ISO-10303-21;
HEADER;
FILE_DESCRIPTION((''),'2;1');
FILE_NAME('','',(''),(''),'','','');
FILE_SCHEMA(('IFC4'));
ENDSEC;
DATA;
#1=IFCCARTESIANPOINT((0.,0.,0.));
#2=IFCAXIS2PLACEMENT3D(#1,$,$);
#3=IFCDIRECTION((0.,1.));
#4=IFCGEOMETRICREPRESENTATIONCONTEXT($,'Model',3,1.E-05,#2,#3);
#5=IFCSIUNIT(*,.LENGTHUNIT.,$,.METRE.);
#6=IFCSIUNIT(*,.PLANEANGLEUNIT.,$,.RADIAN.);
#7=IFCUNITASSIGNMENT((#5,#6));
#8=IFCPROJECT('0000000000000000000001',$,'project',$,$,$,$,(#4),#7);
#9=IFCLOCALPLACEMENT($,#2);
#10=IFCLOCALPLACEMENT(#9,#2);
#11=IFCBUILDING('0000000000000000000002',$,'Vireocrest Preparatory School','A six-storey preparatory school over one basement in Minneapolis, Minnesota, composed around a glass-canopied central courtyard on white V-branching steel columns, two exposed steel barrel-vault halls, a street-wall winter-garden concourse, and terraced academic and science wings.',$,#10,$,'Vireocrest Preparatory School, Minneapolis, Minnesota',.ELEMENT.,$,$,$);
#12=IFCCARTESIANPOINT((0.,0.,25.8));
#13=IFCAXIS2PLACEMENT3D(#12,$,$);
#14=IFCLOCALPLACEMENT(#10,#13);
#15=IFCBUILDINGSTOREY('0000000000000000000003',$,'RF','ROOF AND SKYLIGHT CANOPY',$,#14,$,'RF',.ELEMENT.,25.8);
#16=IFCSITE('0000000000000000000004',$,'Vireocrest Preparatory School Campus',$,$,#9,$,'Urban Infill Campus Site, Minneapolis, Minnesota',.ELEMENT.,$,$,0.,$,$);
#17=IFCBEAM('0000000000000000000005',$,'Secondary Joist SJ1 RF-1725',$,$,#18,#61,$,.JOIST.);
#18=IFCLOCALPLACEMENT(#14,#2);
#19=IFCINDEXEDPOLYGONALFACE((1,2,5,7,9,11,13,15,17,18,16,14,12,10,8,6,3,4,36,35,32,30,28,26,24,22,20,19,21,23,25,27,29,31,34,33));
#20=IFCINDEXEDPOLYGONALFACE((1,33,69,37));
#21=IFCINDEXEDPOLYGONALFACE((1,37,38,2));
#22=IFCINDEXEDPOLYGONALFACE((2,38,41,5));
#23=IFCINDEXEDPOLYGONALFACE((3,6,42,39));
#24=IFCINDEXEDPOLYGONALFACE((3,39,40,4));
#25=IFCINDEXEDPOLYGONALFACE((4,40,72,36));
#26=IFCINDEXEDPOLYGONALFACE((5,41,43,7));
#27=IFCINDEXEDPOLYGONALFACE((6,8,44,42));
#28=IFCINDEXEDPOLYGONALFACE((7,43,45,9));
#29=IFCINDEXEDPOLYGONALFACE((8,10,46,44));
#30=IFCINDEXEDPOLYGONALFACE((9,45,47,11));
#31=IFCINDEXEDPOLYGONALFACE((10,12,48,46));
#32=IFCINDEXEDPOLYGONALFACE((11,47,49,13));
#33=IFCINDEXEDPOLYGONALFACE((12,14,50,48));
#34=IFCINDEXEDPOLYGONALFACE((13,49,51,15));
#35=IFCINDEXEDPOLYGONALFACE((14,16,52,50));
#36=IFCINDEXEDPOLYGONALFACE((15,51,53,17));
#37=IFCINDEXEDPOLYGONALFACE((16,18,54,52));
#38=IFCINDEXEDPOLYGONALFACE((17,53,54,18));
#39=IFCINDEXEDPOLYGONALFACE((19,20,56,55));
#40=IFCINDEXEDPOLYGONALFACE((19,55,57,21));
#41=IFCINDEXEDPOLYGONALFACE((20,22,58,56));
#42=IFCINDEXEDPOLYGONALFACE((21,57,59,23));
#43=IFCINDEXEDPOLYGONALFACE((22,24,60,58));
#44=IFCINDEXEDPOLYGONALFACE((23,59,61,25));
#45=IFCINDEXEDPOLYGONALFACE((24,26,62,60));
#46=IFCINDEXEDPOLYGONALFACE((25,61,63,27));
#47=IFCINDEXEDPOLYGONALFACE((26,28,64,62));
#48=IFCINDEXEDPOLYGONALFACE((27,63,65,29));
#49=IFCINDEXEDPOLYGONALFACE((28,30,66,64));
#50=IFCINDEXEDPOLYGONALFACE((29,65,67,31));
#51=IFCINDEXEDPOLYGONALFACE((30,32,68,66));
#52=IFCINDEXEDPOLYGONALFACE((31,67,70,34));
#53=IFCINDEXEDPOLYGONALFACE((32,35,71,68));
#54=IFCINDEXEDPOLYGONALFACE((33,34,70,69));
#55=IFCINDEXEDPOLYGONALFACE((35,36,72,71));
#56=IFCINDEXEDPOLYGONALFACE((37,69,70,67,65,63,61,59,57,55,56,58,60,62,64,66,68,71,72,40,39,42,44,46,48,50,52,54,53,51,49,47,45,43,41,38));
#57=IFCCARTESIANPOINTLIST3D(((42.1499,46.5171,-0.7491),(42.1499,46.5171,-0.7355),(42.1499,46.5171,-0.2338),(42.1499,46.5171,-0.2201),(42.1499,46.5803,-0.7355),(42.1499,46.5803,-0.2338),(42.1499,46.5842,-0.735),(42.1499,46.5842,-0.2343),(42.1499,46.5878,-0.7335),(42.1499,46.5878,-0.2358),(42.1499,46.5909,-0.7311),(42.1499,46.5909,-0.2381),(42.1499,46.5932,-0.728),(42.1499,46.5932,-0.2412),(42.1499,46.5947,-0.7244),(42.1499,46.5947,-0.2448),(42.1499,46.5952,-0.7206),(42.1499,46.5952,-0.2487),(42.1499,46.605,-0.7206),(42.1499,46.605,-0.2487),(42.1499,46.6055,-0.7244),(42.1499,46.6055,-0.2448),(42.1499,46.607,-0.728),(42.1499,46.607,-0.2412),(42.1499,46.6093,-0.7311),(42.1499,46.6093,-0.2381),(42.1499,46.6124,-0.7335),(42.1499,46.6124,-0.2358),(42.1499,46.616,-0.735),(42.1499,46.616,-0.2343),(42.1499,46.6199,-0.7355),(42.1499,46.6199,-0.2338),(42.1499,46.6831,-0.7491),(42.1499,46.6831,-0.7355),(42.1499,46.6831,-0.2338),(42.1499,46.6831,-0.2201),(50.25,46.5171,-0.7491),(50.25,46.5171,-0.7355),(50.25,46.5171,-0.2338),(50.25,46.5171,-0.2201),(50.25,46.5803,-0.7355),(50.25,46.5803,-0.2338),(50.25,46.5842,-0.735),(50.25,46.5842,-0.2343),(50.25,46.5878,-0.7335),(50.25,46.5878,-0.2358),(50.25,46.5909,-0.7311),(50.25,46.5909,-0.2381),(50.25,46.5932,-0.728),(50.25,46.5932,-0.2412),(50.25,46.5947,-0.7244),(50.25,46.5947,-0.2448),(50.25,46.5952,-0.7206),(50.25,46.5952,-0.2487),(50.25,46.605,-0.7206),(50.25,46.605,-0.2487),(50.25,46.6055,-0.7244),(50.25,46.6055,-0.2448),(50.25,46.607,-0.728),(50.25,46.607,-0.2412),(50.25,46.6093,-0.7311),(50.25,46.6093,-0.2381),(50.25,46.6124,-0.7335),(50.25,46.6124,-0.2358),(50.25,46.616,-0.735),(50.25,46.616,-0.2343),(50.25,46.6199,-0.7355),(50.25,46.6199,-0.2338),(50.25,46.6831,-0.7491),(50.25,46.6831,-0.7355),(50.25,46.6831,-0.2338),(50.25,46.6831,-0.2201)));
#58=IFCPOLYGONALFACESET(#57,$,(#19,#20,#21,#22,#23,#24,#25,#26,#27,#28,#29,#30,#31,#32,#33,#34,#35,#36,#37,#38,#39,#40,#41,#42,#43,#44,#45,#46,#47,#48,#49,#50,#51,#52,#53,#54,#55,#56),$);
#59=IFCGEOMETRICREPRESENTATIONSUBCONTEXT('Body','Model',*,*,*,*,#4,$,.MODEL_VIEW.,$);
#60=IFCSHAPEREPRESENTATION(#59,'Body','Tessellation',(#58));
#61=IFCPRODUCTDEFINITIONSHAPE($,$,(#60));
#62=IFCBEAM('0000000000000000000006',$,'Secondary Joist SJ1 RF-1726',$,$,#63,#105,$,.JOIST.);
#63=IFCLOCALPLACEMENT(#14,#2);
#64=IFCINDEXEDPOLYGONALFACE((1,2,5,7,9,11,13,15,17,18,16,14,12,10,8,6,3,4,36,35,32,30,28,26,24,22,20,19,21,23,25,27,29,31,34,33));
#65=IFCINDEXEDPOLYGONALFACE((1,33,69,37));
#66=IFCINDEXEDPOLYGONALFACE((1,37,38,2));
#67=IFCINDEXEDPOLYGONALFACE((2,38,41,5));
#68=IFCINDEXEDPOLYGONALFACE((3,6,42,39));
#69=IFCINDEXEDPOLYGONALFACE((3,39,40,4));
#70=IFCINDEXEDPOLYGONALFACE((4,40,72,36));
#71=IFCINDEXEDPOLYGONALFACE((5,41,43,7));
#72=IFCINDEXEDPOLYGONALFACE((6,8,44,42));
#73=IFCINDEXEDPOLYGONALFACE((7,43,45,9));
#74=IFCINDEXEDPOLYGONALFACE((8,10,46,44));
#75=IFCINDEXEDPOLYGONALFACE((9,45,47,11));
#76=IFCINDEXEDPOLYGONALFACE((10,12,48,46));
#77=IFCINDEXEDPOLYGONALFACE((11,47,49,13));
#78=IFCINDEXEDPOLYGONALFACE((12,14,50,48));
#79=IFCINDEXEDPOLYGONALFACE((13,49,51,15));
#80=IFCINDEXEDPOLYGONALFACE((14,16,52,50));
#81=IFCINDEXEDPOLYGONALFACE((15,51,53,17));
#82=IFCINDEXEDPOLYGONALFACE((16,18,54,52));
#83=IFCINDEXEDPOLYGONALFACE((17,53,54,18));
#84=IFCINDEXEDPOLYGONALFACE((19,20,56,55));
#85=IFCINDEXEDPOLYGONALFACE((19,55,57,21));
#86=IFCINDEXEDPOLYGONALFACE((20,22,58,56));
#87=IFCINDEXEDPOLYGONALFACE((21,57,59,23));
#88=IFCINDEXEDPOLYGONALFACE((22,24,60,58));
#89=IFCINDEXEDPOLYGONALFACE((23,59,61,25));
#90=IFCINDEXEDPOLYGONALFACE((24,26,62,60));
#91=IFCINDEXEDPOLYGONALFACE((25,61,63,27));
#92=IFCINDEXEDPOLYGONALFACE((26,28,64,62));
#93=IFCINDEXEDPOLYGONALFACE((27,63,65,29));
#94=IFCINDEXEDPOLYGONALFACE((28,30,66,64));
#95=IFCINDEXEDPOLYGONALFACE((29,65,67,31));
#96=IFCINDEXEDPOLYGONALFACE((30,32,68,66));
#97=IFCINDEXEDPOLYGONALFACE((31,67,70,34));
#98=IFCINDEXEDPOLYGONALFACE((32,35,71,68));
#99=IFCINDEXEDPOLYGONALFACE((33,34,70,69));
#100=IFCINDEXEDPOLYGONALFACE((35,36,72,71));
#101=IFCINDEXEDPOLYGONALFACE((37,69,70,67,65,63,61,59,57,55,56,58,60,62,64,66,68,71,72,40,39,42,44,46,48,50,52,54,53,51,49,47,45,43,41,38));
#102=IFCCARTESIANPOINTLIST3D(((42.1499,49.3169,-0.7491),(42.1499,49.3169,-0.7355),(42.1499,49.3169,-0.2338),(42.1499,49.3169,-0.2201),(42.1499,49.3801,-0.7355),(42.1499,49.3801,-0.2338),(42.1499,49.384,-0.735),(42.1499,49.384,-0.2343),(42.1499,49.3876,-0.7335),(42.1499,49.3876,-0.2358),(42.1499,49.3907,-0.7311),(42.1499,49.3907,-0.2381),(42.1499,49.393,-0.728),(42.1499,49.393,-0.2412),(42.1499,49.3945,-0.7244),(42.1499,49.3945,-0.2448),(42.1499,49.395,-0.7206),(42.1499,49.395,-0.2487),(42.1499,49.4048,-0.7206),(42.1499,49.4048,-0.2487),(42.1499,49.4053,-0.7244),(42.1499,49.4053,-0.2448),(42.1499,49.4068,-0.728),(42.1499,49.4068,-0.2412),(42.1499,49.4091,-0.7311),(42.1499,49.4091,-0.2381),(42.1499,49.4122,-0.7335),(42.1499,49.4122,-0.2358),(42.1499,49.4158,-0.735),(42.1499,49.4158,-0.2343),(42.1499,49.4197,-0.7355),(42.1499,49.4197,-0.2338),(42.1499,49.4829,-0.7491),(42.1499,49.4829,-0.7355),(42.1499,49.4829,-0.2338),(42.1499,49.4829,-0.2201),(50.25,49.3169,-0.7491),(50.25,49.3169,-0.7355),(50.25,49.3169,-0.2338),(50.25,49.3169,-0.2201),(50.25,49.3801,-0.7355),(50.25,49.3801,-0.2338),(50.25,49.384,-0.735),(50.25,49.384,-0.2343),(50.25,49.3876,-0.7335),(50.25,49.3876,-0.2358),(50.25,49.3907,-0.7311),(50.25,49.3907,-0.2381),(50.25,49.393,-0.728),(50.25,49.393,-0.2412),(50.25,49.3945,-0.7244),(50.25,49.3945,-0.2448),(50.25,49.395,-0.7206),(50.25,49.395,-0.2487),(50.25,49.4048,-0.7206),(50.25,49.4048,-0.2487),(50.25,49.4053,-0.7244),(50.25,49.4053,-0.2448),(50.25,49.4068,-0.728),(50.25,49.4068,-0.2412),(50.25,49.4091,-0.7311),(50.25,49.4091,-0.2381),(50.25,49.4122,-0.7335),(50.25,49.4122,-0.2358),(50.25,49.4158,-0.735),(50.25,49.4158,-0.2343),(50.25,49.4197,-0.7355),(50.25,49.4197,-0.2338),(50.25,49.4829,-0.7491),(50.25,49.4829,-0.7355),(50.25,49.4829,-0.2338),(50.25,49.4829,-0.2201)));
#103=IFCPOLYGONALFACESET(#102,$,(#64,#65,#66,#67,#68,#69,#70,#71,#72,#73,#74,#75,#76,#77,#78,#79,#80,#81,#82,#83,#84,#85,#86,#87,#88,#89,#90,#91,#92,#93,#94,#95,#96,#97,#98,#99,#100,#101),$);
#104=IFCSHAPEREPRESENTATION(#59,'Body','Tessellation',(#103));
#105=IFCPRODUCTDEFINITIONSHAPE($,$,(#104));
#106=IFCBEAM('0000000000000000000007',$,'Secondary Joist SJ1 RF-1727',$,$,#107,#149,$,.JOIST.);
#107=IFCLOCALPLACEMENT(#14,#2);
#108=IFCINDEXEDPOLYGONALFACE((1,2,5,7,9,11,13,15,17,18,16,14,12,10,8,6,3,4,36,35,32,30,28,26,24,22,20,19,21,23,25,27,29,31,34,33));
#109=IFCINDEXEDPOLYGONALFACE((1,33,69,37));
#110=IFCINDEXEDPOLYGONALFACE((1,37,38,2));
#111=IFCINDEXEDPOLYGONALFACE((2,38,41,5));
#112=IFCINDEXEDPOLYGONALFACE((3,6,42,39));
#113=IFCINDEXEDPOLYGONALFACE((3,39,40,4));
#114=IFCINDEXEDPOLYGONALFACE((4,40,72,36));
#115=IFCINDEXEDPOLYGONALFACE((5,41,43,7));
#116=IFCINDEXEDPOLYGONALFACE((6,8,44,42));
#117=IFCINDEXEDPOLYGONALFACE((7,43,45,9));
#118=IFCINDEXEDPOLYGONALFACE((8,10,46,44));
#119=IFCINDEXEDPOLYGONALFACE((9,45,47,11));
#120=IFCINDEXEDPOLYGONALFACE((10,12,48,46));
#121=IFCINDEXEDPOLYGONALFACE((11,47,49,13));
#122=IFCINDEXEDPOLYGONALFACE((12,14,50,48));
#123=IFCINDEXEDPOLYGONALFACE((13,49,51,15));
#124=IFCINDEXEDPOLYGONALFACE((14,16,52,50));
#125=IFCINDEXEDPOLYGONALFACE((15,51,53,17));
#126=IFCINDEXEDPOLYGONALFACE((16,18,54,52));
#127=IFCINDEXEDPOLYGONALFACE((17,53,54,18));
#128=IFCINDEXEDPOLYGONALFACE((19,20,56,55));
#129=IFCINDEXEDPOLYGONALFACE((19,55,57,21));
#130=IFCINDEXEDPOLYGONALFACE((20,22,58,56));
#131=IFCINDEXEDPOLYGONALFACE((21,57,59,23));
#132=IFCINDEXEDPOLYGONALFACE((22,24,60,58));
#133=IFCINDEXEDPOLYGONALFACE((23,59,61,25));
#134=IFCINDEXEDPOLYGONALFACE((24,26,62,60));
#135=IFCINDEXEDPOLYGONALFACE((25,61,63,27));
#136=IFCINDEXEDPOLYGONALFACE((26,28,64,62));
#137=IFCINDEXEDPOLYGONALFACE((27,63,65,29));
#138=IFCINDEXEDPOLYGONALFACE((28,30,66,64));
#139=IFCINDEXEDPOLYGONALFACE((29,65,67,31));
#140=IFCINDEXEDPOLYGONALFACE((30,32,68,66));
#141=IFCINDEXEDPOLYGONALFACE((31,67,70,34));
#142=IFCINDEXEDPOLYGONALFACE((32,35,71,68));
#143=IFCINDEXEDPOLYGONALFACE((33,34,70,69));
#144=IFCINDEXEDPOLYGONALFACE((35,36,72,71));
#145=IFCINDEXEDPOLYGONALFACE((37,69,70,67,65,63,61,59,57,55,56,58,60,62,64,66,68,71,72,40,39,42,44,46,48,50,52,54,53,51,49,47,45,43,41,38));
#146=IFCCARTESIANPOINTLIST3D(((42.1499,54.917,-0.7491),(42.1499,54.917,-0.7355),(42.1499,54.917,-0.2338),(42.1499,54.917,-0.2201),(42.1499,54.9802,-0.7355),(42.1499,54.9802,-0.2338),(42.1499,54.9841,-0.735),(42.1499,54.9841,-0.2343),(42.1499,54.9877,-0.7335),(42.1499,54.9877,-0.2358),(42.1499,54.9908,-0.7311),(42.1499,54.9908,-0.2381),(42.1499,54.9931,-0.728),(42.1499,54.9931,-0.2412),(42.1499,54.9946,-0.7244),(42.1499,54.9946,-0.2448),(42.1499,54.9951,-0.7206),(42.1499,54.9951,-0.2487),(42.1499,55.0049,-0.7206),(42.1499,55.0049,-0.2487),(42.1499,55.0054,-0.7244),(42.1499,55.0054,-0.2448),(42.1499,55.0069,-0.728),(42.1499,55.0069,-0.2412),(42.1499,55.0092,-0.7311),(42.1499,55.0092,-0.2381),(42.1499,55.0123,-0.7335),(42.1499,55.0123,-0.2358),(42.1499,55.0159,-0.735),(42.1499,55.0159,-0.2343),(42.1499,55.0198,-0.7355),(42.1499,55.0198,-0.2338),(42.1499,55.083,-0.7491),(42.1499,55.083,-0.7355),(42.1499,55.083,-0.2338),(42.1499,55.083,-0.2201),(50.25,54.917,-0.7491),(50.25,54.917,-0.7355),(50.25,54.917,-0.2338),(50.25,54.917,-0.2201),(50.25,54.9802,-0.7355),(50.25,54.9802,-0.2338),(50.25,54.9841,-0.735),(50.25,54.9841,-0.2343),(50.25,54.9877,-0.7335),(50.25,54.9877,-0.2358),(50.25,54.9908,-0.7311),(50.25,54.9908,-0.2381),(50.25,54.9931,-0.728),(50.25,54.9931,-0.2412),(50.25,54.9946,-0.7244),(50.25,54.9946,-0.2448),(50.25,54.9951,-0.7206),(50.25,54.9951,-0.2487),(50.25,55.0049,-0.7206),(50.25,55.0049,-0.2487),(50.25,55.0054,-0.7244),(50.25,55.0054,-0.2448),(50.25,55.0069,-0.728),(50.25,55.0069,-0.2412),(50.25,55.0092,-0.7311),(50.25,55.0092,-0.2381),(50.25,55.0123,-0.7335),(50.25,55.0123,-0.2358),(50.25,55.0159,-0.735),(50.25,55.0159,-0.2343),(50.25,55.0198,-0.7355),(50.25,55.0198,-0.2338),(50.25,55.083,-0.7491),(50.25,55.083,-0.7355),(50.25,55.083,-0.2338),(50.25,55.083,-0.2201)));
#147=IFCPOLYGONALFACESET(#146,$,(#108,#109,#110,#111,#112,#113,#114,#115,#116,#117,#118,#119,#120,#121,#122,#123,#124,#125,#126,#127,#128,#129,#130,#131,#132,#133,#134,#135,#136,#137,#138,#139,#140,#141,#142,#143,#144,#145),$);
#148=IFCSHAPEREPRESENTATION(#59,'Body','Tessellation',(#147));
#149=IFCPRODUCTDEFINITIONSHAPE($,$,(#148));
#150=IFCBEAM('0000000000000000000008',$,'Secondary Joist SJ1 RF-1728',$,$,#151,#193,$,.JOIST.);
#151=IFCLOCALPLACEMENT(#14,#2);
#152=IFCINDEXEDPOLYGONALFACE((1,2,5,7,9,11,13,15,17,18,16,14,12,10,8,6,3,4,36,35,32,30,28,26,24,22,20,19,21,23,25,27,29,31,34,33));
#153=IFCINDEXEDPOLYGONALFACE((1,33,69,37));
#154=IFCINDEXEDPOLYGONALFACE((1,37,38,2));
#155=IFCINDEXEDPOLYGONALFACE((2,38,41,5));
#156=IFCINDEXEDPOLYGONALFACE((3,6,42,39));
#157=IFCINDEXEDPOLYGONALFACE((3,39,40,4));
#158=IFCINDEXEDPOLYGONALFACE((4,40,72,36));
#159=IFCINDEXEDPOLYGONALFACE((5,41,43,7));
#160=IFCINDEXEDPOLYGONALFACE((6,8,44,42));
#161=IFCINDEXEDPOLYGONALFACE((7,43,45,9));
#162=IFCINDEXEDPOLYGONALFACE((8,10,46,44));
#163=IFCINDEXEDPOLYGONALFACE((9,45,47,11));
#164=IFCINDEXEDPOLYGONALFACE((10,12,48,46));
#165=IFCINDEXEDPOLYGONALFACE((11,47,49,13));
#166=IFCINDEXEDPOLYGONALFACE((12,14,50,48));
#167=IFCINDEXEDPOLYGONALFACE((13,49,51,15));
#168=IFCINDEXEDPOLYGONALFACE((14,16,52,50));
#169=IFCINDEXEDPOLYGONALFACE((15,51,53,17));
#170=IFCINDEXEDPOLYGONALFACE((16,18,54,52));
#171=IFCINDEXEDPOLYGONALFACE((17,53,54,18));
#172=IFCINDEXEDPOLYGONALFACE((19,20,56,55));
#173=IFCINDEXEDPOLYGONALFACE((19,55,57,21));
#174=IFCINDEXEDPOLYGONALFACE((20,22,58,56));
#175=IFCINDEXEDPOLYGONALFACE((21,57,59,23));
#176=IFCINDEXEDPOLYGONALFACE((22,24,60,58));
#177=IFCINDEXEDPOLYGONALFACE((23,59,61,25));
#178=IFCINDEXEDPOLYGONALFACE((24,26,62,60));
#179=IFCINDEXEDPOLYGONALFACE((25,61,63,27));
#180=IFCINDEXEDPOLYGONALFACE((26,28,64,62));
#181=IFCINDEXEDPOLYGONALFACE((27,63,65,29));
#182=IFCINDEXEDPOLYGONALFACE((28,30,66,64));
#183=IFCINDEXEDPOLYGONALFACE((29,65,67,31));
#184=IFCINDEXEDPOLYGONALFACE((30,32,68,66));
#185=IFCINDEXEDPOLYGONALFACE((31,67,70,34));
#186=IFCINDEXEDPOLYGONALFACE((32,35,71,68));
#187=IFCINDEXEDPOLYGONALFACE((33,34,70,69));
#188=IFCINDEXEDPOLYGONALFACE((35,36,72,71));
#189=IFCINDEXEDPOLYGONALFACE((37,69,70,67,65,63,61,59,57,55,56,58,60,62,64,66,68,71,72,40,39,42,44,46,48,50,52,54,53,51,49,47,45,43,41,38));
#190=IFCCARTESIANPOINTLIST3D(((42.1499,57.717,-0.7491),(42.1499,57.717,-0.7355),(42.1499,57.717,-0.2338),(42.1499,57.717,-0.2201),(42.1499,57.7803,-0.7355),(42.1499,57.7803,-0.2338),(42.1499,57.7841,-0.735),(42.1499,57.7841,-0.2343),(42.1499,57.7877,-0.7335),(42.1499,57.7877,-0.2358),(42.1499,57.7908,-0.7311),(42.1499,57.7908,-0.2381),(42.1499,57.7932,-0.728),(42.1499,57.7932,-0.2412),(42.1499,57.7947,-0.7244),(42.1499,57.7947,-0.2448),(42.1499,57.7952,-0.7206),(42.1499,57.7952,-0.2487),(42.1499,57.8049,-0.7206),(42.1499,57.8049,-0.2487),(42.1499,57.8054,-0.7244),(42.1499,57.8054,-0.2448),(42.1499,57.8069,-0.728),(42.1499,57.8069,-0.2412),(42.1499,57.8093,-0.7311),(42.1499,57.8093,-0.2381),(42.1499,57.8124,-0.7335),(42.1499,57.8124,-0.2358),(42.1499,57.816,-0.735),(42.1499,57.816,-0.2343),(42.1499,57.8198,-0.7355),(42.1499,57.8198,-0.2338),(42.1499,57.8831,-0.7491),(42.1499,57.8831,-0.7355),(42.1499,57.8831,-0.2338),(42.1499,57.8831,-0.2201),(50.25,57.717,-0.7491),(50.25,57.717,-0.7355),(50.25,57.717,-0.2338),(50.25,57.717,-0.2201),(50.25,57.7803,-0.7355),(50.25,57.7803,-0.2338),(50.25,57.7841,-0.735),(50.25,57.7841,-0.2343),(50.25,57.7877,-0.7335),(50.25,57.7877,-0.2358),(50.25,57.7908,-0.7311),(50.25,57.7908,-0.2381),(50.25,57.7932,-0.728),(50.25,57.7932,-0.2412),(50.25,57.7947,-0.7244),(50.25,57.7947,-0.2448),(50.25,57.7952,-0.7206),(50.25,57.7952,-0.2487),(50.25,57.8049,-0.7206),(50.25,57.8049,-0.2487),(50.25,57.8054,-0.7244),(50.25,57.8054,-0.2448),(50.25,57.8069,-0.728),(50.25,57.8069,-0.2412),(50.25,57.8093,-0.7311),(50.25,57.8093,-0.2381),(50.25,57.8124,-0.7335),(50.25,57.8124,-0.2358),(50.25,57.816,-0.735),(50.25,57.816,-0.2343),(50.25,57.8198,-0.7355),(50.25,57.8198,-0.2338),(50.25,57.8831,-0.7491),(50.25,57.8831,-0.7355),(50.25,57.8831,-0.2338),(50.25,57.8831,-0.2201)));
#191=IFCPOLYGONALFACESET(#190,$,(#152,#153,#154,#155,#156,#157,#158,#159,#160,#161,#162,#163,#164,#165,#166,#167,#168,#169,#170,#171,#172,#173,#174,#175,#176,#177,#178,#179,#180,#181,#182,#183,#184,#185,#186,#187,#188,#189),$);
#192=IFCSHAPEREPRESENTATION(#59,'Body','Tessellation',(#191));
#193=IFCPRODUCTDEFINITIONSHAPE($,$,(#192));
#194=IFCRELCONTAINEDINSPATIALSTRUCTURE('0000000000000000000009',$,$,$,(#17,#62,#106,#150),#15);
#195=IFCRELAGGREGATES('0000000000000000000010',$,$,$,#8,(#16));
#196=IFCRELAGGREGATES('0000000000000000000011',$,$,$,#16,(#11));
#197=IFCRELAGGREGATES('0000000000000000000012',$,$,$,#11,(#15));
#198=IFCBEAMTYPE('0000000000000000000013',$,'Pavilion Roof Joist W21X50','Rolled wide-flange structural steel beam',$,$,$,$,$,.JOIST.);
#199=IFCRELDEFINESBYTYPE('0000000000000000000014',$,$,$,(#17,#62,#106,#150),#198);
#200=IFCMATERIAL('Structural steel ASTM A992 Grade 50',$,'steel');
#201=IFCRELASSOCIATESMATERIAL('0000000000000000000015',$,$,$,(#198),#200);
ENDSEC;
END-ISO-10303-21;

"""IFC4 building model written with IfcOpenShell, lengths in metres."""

from ifc_helpers import new_model, si_unit, direction, frame, origin, origin_2d, place, context, subcontext, project, spatial, i_section, extrude, material, material_profile, profile_set, type_object, element, save


model = new_model("IFC4")

# Units and contexts
model_context = context("Model", 3, precision=1e-05, world=origin(), true_north=direction((0.0, 1.0)))
body_context = subcontext(model_context, "Body", "Model", "MODEL_VIEW")
ifc_project = project(units=[si_unit("LENGTHUNIT", "METRE"), si_unit("PLANEANGLEUNIT", "RADIAN")], contexts=[model_context])

# Site, building, storey
site_placement = place(None, origin())
site = spatial("IfcSite", under=ifc_project, at=site_placement, Name="Vireocrest Preparatory School Campus", LongName="Urban Infill Campus Site, Minneapolis, Minnesota", CompositionType="ELEMENT", RefElevation=0.0)
building_placement = place(site_placement, origin())
building = spatial("IfcBuilding", under=site, at=building_placement, Name="Vireocrest Preparatory School", Description="A six-storey preparatory school over one basement in Minneapolis, Minnesota, composed around a glass-canopied central courtyard on white V-branching steel columns, two exposed steel barrel-vault halls, a street-wall winter-garden concourse, and terraced academic and science wings.", LongName="Vireocrest Preparatory School, Minneapolis, Minnesota", CompositionType="ELEMENT")
storey_placement = place(building_placement, frame((0.0, 0.0, 25.8)))
storey = spatial("IfcBuildingStorey", under=building, at=storey_placement, Name="RF", Description="ROOF AND SKYLIGHT CANOPY", LongName="RF", CompositionType="ELEMENT", Elevation=25.8)

# Beams
ifc_material_1 = material(Name="Structural steel ASTM A992 Grade 50", Category="steel")
ifc_material_profile_1 = material_profile(ifc_material_1, i_section(OverallWidth=0.166, OverallDepth=0.5291, WebThickness=0.0098, FlangeThickness=0.0137, FilletRadius=0.0149, at=origin_2d()), Name="W21X50")
ifc_profile_set_1 = profile_set([ifc_material_profile_1], Name="Structural steel ASTM A992 Grade 50")
beam_type_1 = type_object("IfcBeamType", Name="Pavilion Roof Joist W21X50", Description="Rolled wide-flange structural steel beam", PredefinedType="JOIST", material=ifc_profile_set_1)
for number, where, z_axis, x_axis, name in (
    (1, (42.1499, 46.6001, -0.4846), (1.0, 0.0, 0.0), (0.0, 1.0, 0.0), "Secondary Joist SJ1 RF-1725"),
    (2, (42.1499, 49.3999, -0.4846), (1.0, 0.0, 0.0), (0.0, 1.0, 0.0), "Secondary Joist SJ1 RF-1726"),
    (3, (42.1499, 55.0, -0.4846), (1.0, 0.0, 0.0), (0.0, 1.0, 0.0), "Secondary Joist SJ1 RF-1727"),
    (4, (42.1499, 57.8, -0.4846), (1.0, 0.0, 0.0), (0.0, 1.0, 0.0), "Secondary Joist SJ1 RF-1728"),
):
    element("IfcBeam", number, at=place(storey_placement, frame(where, z_axis=z_axis, x_axis=x_axis)), inside=storey, type_object=beam_type_1, Name=name, PredefinedType="JOIST", context=body_context, shape_type="SweptSolid", body=[
        extrude(i_section(OverallWidth=0.166, OverallDepth=0.5291, WebThickness=0.0098, FlangeThickness=0.0137, FilletRadius=0.0149, at=origin_2d()), origin(), (0.0, 0.0, 1.0), 8.1001),
    ])

save(model, "model.ifc")
